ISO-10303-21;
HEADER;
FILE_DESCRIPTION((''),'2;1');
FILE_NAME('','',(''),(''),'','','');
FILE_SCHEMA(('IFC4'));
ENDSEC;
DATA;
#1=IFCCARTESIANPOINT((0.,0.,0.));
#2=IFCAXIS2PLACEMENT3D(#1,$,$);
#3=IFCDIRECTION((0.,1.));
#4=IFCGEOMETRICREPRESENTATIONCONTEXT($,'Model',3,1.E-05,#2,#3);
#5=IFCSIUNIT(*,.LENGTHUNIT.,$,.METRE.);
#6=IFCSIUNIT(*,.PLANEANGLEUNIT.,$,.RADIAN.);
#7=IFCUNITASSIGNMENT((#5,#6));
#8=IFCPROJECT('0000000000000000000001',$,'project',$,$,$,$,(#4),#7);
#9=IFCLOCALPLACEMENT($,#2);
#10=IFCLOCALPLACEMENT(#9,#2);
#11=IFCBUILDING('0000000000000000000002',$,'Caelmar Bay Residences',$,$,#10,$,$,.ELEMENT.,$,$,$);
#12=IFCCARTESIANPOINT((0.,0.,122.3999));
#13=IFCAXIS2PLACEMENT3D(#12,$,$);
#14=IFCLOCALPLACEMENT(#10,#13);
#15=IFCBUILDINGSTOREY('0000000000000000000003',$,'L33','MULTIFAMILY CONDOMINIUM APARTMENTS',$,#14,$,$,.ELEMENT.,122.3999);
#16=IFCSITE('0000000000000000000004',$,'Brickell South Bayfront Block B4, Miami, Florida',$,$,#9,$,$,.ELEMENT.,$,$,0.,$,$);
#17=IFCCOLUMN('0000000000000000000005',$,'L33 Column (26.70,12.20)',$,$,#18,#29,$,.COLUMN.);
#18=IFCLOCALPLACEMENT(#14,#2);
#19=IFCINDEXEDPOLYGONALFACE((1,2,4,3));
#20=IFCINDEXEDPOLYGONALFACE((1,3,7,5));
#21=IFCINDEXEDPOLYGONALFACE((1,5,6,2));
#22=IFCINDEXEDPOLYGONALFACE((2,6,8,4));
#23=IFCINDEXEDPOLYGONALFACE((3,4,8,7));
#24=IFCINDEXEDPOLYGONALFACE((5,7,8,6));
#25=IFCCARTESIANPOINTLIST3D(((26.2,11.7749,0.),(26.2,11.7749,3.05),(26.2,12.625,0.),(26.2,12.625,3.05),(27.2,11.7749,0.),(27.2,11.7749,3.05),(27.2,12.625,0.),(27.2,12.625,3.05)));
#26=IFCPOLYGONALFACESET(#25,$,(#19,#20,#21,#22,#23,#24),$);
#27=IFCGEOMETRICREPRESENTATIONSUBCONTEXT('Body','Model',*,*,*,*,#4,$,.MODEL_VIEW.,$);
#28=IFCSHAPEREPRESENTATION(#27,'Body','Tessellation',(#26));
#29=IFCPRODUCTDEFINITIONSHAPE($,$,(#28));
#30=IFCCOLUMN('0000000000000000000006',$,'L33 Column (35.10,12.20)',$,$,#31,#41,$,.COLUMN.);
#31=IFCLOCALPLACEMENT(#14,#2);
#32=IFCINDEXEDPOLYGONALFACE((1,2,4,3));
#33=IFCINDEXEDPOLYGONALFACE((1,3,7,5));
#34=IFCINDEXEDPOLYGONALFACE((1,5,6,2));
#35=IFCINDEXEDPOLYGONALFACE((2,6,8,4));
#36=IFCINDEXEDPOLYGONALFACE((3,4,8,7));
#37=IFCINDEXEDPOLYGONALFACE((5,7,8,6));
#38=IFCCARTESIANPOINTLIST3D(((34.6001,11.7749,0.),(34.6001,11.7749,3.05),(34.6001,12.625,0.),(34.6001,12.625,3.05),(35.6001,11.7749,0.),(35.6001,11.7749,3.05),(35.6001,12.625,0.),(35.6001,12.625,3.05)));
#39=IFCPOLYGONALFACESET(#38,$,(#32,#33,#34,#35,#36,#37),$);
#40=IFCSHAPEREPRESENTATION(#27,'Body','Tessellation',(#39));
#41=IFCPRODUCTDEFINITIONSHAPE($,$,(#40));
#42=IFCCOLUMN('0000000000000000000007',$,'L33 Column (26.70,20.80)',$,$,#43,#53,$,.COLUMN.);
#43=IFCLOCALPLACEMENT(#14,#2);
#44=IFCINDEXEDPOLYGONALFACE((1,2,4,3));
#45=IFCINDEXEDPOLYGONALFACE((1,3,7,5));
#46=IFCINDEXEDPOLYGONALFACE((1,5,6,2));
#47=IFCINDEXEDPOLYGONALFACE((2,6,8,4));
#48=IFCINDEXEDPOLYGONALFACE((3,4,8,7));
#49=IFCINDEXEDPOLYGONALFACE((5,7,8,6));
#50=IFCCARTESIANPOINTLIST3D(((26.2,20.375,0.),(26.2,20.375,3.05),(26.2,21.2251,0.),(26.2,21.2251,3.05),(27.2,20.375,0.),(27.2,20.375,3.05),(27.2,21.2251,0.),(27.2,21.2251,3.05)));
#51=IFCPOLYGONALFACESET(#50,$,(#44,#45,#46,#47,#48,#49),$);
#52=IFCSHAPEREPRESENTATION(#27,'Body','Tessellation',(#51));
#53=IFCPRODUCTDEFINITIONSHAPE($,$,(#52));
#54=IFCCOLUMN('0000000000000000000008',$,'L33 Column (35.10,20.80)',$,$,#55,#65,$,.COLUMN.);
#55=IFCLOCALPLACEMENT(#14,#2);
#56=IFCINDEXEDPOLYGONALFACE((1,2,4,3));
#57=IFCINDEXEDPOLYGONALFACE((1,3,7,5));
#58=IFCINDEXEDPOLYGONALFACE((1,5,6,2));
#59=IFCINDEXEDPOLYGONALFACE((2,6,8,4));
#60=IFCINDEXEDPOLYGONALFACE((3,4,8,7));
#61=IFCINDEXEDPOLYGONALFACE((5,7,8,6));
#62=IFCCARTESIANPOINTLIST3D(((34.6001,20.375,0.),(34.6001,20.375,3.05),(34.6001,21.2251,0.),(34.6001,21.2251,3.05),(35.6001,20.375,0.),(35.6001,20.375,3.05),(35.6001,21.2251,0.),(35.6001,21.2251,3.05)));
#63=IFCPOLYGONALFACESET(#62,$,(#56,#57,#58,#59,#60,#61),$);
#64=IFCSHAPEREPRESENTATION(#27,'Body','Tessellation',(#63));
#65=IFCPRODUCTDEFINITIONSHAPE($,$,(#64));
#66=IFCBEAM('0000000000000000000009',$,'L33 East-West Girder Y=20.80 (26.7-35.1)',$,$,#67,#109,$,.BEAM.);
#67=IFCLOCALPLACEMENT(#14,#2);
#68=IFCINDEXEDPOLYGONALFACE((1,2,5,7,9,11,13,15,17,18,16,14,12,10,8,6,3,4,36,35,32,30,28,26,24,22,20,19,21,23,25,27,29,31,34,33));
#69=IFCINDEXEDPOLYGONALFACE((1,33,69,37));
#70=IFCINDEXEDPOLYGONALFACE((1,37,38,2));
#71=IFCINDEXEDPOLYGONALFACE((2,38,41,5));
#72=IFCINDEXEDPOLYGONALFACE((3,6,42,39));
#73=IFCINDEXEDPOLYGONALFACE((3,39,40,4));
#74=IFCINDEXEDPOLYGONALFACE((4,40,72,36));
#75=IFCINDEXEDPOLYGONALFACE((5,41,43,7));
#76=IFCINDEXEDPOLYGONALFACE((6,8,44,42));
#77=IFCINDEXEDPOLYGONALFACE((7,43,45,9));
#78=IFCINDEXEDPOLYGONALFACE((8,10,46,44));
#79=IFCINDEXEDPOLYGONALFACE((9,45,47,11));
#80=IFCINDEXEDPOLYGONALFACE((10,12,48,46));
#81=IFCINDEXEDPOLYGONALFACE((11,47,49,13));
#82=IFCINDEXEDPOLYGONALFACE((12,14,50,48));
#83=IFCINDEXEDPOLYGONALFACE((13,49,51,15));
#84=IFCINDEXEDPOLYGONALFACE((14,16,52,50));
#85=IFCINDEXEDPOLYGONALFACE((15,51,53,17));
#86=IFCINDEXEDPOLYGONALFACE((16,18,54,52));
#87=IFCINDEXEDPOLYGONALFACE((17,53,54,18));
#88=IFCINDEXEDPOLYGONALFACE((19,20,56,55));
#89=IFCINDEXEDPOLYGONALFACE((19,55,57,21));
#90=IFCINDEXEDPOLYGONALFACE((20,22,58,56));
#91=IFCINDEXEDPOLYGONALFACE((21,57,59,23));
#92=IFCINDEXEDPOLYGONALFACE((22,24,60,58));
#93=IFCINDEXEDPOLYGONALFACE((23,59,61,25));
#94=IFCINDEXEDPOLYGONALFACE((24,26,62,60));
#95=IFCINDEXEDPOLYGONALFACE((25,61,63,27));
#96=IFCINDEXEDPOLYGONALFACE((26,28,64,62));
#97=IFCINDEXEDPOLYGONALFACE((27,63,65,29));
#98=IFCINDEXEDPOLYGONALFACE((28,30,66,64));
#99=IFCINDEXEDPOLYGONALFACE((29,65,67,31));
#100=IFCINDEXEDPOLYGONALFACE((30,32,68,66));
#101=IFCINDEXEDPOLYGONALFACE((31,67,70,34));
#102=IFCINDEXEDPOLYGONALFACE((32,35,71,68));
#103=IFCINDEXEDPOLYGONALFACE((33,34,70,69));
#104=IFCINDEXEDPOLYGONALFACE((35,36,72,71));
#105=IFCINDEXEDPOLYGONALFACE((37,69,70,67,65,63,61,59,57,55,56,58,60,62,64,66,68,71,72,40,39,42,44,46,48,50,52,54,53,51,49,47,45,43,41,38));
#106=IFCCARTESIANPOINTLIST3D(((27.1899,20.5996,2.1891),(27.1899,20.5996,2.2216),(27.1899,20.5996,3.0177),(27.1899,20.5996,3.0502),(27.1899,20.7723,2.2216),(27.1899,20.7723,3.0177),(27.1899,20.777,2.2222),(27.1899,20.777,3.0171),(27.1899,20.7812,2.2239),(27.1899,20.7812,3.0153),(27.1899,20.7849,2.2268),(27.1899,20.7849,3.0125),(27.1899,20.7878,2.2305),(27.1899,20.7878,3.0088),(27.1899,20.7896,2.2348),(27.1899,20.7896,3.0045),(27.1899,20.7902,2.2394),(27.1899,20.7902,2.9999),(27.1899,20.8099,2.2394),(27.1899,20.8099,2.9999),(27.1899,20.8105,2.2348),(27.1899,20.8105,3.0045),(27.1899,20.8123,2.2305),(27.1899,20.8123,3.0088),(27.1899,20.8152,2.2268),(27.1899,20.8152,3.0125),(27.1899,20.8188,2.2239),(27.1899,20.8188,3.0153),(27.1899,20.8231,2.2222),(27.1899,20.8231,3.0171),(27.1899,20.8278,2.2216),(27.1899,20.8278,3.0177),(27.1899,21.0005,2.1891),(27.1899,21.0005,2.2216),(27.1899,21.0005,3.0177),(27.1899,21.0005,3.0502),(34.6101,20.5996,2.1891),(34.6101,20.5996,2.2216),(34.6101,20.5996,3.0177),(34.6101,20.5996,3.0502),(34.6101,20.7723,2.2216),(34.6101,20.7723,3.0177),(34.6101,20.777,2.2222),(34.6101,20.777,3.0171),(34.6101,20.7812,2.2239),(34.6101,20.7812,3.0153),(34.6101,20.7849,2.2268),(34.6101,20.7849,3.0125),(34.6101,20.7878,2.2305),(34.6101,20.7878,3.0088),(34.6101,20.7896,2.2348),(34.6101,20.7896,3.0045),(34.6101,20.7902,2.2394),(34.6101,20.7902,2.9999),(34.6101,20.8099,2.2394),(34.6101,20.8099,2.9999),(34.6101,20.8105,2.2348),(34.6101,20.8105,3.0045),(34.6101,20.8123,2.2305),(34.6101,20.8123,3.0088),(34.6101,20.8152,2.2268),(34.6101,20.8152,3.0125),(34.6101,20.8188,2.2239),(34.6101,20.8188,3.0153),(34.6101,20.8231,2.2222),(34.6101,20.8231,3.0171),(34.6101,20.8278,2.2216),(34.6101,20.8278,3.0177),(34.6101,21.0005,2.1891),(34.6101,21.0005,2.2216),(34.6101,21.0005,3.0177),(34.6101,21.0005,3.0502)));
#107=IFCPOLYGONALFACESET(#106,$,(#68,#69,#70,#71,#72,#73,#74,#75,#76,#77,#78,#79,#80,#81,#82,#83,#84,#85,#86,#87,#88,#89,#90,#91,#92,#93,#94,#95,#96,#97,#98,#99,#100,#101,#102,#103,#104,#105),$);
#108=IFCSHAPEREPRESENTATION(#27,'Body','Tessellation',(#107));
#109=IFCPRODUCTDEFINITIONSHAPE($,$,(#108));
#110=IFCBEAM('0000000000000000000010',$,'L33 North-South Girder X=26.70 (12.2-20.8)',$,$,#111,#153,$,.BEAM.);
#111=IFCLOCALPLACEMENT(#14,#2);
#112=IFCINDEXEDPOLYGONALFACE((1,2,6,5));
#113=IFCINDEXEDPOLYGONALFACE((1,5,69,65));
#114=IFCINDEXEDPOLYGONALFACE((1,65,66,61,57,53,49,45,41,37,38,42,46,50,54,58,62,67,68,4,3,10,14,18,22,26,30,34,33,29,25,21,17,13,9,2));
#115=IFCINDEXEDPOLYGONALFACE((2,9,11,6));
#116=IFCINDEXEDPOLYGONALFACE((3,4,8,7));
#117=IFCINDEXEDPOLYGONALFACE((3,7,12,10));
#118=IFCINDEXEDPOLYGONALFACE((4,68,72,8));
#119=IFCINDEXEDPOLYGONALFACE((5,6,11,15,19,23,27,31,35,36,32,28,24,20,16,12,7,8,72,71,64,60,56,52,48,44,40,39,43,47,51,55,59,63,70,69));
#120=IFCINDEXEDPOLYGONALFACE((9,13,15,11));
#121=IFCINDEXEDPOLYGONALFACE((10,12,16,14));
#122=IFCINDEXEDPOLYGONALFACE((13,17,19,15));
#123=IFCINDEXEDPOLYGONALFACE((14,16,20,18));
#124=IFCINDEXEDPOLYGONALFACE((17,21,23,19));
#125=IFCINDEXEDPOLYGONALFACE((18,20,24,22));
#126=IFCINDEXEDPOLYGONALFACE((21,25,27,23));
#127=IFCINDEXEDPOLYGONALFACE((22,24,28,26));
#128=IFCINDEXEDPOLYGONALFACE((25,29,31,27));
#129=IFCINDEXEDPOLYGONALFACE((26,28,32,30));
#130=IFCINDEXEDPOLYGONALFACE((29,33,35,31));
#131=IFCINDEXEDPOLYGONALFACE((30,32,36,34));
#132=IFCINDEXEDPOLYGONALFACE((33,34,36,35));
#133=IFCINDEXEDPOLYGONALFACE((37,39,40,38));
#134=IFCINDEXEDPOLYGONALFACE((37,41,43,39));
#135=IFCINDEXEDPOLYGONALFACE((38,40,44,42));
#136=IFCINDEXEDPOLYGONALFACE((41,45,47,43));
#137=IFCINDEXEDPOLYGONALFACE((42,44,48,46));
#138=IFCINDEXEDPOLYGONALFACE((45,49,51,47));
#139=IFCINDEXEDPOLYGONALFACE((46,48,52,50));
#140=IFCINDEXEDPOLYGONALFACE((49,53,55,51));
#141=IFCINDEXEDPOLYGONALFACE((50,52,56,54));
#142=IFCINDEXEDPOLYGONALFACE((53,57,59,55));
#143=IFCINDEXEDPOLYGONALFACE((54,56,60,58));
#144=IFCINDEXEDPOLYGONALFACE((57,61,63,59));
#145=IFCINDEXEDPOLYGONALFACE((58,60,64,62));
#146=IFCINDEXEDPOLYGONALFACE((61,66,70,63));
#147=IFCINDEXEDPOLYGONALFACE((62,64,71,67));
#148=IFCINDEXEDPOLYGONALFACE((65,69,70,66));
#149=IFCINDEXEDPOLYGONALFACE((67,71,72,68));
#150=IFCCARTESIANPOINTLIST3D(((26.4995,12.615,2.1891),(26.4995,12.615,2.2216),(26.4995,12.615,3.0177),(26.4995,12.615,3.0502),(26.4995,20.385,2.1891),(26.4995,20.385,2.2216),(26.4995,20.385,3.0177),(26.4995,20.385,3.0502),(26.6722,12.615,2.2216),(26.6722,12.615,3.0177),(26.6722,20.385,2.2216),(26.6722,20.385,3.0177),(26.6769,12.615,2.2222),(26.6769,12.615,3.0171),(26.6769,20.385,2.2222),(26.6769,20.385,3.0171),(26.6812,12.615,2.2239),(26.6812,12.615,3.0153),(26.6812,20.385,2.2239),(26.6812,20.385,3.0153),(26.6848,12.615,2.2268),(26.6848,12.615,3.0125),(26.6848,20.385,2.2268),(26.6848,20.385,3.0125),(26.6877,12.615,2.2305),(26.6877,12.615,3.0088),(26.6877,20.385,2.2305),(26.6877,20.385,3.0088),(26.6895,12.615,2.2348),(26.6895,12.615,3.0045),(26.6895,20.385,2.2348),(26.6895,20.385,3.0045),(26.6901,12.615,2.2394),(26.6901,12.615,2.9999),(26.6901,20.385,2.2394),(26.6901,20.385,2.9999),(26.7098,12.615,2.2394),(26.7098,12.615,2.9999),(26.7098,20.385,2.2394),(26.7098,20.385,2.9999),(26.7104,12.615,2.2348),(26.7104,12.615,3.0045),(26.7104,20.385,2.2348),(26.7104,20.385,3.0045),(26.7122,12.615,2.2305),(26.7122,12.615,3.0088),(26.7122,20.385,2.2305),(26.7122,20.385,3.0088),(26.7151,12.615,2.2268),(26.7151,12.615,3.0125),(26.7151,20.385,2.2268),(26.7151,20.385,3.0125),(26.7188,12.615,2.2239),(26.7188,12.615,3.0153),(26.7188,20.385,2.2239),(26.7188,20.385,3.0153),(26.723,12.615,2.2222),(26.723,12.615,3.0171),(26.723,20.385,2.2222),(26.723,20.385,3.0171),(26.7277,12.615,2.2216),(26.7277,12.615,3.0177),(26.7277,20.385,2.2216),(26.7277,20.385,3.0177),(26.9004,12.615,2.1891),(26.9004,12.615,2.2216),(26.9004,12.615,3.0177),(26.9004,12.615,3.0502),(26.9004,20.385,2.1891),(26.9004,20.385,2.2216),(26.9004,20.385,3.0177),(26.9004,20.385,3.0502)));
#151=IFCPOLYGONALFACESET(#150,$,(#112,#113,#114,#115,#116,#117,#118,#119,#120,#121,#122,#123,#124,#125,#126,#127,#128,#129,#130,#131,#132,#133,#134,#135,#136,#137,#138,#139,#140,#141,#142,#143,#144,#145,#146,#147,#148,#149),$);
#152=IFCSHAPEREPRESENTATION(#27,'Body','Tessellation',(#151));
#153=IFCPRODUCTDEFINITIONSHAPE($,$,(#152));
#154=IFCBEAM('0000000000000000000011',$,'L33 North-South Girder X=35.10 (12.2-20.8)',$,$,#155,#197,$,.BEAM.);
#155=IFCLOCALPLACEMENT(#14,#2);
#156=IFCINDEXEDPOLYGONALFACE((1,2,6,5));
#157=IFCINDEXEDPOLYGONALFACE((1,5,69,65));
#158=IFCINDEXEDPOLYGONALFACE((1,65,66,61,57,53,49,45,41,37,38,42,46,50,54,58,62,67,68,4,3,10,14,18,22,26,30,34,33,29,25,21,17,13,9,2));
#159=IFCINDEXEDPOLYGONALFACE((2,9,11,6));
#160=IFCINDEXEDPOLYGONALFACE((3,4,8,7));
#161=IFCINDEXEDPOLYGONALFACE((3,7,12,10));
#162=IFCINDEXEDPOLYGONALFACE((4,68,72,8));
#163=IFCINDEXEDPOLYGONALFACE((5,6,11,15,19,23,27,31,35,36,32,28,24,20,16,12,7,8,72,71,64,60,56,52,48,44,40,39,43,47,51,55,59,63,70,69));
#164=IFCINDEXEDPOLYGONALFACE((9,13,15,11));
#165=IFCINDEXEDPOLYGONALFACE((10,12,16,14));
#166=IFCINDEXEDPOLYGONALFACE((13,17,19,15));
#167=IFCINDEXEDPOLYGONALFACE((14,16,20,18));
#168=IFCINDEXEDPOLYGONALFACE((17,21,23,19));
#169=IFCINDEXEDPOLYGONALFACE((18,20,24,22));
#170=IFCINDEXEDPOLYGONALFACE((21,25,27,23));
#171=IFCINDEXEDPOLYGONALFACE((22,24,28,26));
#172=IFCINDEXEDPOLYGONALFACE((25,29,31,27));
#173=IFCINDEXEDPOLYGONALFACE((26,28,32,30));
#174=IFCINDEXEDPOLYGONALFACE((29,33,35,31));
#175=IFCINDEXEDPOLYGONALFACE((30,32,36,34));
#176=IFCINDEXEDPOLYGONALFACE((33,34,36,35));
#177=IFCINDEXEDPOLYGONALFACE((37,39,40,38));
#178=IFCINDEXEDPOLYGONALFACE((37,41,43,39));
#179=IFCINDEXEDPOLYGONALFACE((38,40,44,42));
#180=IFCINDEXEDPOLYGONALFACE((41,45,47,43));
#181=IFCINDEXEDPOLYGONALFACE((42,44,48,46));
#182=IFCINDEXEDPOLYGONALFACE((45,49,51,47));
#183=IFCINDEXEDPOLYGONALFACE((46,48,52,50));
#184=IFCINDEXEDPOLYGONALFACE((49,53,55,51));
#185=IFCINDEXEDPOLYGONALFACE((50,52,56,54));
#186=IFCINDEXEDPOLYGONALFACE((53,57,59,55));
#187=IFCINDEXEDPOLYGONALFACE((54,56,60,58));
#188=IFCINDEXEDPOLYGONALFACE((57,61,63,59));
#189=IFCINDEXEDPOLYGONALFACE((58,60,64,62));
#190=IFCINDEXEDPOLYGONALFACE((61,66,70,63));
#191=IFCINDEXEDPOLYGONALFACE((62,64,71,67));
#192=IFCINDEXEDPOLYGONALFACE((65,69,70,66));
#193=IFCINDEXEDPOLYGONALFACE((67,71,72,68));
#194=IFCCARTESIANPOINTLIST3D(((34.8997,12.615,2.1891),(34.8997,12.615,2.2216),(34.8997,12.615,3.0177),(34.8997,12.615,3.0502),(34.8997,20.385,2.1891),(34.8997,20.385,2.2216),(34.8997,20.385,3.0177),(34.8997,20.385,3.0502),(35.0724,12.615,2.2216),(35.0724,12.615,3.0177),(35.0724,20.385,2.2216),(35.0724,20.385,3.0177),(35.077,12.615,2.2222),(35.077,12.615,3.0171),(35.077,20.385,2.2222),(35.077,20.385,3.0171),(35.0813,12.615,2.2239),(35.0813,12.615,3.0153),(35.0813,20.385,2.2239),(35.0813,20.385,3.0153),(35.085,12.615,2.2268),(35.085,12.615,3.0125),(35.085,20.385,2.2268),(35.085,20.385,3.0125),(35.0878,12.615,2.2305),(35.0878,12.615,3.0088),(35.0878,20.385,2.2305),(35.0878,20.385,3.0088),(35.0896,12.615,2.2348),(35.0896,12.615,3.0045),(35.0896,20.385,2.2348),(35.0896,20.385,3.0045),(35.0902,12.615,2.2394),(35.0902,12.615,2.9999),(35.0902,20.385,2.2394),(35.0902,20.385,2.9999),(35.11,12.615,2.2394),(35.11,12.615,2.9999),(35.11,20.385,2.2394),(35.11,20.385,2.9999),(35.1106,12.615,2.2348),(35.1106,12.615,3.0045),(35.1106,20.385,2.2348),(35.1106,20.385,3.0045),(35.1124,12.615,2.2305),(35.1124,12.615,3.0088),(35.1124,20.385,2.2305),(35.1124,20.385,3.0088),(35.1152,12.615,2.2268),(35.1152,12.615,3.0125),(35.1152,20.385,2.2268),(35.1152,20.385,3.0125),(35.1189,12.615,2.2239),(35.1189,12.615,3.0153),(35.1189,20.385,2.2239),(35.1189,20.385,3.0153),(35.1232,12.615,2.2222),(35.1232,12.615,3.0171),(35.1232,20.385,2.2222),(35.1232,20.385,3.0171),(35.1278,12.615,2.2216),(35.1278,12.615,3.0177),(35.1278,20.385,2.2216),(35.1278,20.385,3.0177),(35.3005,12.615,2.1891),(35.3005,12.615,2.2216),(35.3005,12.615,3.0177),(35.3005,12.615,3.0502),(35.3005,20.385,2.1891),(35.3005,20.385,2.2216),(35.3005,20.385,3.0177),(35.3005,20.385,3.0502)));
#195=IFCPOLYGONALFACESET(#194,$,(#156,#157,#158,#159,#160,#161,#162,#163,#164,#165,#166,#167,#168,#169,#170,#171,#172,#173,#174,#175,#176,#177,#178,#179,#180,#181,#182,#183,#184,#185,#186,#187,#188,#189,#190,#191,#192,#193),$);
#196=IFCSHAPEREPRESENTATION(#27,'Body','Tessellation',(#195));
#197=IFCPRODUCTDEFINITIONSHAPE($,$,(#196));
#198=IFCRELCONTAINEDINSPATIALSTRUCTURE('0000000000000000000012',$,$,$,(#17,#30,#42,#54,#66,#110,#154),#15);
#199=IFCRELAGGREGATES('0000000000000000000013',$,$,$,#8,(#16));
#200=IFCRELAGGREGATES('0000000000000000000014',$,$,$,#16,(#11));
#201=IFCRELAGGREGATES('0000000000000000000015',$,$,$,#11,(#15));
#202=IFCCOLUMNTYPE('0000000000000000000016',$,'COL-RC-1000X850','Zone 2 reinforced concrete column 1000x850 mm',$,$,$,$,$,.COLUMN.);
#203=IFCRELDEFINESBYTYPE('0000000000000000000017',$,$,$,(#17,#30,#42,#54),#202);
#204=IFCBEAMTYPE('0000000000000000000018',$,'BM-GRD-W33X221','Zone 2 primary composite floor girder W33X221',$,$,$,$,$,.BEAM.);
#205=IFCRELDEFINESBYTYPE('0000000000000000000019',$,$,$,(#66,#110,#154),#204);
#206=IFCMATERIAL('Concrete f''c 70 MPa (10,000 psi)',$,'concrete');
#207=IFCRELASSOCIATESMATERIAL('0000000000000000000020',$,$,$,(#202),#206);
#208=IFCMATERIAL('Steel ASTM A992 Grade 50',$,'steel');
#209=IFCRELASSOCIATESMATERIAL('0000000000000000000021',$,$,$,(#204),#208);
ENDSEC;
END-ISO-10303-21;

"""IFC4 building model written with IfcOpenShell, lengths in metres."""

from ifc_helpers import new_model, si_unit, direction, frame, origin, origin_2d, place, context, subcontext, project, spatial, rectangle, i_section, extrude, material, material_profile, profile_set, type_object, element, save


model = new_model("IFC4")

# Units and contexts
model_context = context("Model", 3, precision=1e-05, world=origin(), true_north=direction((0.0, 1.0)))
body_context = subcontext(model_context, "Body", "Model", "MODEL_VIEW")
ifc_project = project(units=[si_unit("LENGTHUNIT", "METRE"), si_unit("PLANEANGLEUNIT", "RADIAN")], contexts=[model_context])

# Site, building, storey
site_placement = place(None, origin())
site = spatial("IfcSite", under=ifc_project, at=site_placement, Name="Brickell South Bayfront Block B4, Miami, Florida", CompositionType="ELEMENT", RefElevation=0.0)
building_placement = place(site_placement, origin())
building = spatial("IfcBuilding", under=site, at=building_placement, Name="Caelmar Bay Residences", CompositionType="ELEMENT")
storey_placement = place(building_placement, frame((0.0, 0.0, 122.3999)))
storey = spatial("IfcBuildingStorey", under=building, at=storey_placement, Name="L33", Description="MULTIFAMILY CONDOMINIUM APARTMENTS", CompositionType="ELEMENT", Elevation=122.3999)

# Columns
ifc_material_1 = material(Name="Concrete f'c 70 MPa (10,000 psi)", Category="concrete")
ifc_material_profile_1 = material_profile(ifc_material_1, rectangle(XDim=1.0, YDim=0.8501, at=origin_2d()), Name="RC-COL-1000X850")
ifc_profile_set_1 = profile_set([ifc_material_profile_1], Name="Concrete f'c 70 MPa (10,000 psi)")
column_type = type_object("IfcColumnType", Name="COL-RC-1000X850", Description="Zone 2 reinforced concrete column 1000x850 mm", PredefinedType="COLUMN", material=ifc_profile_set_1)
for number, where, z_axis, x_axis, name in (
    (1, (26.7, 12.2, 0.0), (0.0, 0.0, 1.0), (1.0, 0.0, 0.0), "L33 Column (26.70,12.20)"),
    (2, (35.1001, 12.2, 0.0), (0.0, 0.0, 1.0), (1.0, 0.0, 0.0), "L33 Column (35.10,12.20)"),
    (3, (26.7, 20.8, 0.0), (0.0, 0.0, 1.0), (1.0, 0.0, 0.0), "L33 Column (26.70,20.80)"),
    (4, (35.1001, 20.8, 0.0), (0.0, 0.0, 1.0), (1.0, 0.0, 0.0), "L33 Column (35.10,20.80)"),
):
    element("IfcColumn", number, at=place(storey_placement, frame(where, z_axis=z_axis, x_axis=x_axis)), inside=storey, type_object=column_type, Name=name, PredefinedType="COLUMN", context=body_context, shape_type="SweptSolid", body=[
        extrude(rectangle(XDim=1.0, YDim=0.8501, at=origin_2d()), origin(), (0.0, 0.0, 1.0), 3.05),
    ])

# Beams
ifc_material_2 = material(Name="Steel ASTM A992 Grade 50", Category="steel")
ifc_material_profile_2 = material_profile(ifc_material_2, i_section(OverallWidth=0.4009, OverallDepth=0.8611, WebThickness=0.0198, FlangeThickness=0.0325, FilletRadius=0.0178, at=origin_2d()), Name="W33X221")
ifc_profile_set_2 = profile_set([ifc_material_profile_2], Name="Steel ASTM A992 Grade 50")
beam_type_1 = type_object("IfcBeamType", Name="BM-GRD-W33X221", Description="Zone 2 primary composite floor girder W33X221", PredefinedType="BEAM", material=ifc_profile_set_2)
beam_1_placement = place(storey_placement, frame((27.1899, 20.8, 2.6196), z_axis=(1.0, 0.0, 0.0), x_axis=(0.0, 1.0, 0.0)))
element("IfcBeam", 5, at=beam_1_placement, inside=storey, type_object=beam_type_1, Name="L33 East-West Girder Y=20.80 (26.7-35.1)", PredefinedType="BEAM", context=body_context, shape_type="SweptSolid", body=[
    extrude(i_section(OverallWidth=0.4009, OverallDepth=0.8611, WebThickness=0.0198, FlangeThickness=0.0325, FilletRadius=0.0178, at=origin_2d()), origin(), (0.0, 0.0, 1.0), 7.4202),
])
for number, where, z_axis, x_axis, name in (
    (6, (26.7, 12.615, 2.6196), (0.0, 1.0, 0.0), (-1.0, 0.0, 0.0), "L33 North-South Girder X=26.70 (12.2-20.8)"),
    (7, (35.1001, 12.615, 2.6196), (0.0, 1.0, 0.0), (-1.0, 0.0, 0.0), "L33 North-South Girder X=35.10 (12.2-20.8)"),
):
    element("IfcBeam", number, at=place(storey_placement, frame(where, z_axis=z_axis, x_axis=x_axis)), inside=storey, type_object=beam_type_1, Name=name, PredefinedType="BEAM", context=body_context, shape_type="SweptSolid", body=[
        extrude(i_section(OverallWidth=0.4009, OverallDepth=0.8611, WebThickness=0.0198, FlangeThickness=0.0325, FilletRadius=0.0178, at=origin_2d()), origin(), (0.0, 0.0, 1.0), 7.77),
    ])

save(model, "model.ifc")
